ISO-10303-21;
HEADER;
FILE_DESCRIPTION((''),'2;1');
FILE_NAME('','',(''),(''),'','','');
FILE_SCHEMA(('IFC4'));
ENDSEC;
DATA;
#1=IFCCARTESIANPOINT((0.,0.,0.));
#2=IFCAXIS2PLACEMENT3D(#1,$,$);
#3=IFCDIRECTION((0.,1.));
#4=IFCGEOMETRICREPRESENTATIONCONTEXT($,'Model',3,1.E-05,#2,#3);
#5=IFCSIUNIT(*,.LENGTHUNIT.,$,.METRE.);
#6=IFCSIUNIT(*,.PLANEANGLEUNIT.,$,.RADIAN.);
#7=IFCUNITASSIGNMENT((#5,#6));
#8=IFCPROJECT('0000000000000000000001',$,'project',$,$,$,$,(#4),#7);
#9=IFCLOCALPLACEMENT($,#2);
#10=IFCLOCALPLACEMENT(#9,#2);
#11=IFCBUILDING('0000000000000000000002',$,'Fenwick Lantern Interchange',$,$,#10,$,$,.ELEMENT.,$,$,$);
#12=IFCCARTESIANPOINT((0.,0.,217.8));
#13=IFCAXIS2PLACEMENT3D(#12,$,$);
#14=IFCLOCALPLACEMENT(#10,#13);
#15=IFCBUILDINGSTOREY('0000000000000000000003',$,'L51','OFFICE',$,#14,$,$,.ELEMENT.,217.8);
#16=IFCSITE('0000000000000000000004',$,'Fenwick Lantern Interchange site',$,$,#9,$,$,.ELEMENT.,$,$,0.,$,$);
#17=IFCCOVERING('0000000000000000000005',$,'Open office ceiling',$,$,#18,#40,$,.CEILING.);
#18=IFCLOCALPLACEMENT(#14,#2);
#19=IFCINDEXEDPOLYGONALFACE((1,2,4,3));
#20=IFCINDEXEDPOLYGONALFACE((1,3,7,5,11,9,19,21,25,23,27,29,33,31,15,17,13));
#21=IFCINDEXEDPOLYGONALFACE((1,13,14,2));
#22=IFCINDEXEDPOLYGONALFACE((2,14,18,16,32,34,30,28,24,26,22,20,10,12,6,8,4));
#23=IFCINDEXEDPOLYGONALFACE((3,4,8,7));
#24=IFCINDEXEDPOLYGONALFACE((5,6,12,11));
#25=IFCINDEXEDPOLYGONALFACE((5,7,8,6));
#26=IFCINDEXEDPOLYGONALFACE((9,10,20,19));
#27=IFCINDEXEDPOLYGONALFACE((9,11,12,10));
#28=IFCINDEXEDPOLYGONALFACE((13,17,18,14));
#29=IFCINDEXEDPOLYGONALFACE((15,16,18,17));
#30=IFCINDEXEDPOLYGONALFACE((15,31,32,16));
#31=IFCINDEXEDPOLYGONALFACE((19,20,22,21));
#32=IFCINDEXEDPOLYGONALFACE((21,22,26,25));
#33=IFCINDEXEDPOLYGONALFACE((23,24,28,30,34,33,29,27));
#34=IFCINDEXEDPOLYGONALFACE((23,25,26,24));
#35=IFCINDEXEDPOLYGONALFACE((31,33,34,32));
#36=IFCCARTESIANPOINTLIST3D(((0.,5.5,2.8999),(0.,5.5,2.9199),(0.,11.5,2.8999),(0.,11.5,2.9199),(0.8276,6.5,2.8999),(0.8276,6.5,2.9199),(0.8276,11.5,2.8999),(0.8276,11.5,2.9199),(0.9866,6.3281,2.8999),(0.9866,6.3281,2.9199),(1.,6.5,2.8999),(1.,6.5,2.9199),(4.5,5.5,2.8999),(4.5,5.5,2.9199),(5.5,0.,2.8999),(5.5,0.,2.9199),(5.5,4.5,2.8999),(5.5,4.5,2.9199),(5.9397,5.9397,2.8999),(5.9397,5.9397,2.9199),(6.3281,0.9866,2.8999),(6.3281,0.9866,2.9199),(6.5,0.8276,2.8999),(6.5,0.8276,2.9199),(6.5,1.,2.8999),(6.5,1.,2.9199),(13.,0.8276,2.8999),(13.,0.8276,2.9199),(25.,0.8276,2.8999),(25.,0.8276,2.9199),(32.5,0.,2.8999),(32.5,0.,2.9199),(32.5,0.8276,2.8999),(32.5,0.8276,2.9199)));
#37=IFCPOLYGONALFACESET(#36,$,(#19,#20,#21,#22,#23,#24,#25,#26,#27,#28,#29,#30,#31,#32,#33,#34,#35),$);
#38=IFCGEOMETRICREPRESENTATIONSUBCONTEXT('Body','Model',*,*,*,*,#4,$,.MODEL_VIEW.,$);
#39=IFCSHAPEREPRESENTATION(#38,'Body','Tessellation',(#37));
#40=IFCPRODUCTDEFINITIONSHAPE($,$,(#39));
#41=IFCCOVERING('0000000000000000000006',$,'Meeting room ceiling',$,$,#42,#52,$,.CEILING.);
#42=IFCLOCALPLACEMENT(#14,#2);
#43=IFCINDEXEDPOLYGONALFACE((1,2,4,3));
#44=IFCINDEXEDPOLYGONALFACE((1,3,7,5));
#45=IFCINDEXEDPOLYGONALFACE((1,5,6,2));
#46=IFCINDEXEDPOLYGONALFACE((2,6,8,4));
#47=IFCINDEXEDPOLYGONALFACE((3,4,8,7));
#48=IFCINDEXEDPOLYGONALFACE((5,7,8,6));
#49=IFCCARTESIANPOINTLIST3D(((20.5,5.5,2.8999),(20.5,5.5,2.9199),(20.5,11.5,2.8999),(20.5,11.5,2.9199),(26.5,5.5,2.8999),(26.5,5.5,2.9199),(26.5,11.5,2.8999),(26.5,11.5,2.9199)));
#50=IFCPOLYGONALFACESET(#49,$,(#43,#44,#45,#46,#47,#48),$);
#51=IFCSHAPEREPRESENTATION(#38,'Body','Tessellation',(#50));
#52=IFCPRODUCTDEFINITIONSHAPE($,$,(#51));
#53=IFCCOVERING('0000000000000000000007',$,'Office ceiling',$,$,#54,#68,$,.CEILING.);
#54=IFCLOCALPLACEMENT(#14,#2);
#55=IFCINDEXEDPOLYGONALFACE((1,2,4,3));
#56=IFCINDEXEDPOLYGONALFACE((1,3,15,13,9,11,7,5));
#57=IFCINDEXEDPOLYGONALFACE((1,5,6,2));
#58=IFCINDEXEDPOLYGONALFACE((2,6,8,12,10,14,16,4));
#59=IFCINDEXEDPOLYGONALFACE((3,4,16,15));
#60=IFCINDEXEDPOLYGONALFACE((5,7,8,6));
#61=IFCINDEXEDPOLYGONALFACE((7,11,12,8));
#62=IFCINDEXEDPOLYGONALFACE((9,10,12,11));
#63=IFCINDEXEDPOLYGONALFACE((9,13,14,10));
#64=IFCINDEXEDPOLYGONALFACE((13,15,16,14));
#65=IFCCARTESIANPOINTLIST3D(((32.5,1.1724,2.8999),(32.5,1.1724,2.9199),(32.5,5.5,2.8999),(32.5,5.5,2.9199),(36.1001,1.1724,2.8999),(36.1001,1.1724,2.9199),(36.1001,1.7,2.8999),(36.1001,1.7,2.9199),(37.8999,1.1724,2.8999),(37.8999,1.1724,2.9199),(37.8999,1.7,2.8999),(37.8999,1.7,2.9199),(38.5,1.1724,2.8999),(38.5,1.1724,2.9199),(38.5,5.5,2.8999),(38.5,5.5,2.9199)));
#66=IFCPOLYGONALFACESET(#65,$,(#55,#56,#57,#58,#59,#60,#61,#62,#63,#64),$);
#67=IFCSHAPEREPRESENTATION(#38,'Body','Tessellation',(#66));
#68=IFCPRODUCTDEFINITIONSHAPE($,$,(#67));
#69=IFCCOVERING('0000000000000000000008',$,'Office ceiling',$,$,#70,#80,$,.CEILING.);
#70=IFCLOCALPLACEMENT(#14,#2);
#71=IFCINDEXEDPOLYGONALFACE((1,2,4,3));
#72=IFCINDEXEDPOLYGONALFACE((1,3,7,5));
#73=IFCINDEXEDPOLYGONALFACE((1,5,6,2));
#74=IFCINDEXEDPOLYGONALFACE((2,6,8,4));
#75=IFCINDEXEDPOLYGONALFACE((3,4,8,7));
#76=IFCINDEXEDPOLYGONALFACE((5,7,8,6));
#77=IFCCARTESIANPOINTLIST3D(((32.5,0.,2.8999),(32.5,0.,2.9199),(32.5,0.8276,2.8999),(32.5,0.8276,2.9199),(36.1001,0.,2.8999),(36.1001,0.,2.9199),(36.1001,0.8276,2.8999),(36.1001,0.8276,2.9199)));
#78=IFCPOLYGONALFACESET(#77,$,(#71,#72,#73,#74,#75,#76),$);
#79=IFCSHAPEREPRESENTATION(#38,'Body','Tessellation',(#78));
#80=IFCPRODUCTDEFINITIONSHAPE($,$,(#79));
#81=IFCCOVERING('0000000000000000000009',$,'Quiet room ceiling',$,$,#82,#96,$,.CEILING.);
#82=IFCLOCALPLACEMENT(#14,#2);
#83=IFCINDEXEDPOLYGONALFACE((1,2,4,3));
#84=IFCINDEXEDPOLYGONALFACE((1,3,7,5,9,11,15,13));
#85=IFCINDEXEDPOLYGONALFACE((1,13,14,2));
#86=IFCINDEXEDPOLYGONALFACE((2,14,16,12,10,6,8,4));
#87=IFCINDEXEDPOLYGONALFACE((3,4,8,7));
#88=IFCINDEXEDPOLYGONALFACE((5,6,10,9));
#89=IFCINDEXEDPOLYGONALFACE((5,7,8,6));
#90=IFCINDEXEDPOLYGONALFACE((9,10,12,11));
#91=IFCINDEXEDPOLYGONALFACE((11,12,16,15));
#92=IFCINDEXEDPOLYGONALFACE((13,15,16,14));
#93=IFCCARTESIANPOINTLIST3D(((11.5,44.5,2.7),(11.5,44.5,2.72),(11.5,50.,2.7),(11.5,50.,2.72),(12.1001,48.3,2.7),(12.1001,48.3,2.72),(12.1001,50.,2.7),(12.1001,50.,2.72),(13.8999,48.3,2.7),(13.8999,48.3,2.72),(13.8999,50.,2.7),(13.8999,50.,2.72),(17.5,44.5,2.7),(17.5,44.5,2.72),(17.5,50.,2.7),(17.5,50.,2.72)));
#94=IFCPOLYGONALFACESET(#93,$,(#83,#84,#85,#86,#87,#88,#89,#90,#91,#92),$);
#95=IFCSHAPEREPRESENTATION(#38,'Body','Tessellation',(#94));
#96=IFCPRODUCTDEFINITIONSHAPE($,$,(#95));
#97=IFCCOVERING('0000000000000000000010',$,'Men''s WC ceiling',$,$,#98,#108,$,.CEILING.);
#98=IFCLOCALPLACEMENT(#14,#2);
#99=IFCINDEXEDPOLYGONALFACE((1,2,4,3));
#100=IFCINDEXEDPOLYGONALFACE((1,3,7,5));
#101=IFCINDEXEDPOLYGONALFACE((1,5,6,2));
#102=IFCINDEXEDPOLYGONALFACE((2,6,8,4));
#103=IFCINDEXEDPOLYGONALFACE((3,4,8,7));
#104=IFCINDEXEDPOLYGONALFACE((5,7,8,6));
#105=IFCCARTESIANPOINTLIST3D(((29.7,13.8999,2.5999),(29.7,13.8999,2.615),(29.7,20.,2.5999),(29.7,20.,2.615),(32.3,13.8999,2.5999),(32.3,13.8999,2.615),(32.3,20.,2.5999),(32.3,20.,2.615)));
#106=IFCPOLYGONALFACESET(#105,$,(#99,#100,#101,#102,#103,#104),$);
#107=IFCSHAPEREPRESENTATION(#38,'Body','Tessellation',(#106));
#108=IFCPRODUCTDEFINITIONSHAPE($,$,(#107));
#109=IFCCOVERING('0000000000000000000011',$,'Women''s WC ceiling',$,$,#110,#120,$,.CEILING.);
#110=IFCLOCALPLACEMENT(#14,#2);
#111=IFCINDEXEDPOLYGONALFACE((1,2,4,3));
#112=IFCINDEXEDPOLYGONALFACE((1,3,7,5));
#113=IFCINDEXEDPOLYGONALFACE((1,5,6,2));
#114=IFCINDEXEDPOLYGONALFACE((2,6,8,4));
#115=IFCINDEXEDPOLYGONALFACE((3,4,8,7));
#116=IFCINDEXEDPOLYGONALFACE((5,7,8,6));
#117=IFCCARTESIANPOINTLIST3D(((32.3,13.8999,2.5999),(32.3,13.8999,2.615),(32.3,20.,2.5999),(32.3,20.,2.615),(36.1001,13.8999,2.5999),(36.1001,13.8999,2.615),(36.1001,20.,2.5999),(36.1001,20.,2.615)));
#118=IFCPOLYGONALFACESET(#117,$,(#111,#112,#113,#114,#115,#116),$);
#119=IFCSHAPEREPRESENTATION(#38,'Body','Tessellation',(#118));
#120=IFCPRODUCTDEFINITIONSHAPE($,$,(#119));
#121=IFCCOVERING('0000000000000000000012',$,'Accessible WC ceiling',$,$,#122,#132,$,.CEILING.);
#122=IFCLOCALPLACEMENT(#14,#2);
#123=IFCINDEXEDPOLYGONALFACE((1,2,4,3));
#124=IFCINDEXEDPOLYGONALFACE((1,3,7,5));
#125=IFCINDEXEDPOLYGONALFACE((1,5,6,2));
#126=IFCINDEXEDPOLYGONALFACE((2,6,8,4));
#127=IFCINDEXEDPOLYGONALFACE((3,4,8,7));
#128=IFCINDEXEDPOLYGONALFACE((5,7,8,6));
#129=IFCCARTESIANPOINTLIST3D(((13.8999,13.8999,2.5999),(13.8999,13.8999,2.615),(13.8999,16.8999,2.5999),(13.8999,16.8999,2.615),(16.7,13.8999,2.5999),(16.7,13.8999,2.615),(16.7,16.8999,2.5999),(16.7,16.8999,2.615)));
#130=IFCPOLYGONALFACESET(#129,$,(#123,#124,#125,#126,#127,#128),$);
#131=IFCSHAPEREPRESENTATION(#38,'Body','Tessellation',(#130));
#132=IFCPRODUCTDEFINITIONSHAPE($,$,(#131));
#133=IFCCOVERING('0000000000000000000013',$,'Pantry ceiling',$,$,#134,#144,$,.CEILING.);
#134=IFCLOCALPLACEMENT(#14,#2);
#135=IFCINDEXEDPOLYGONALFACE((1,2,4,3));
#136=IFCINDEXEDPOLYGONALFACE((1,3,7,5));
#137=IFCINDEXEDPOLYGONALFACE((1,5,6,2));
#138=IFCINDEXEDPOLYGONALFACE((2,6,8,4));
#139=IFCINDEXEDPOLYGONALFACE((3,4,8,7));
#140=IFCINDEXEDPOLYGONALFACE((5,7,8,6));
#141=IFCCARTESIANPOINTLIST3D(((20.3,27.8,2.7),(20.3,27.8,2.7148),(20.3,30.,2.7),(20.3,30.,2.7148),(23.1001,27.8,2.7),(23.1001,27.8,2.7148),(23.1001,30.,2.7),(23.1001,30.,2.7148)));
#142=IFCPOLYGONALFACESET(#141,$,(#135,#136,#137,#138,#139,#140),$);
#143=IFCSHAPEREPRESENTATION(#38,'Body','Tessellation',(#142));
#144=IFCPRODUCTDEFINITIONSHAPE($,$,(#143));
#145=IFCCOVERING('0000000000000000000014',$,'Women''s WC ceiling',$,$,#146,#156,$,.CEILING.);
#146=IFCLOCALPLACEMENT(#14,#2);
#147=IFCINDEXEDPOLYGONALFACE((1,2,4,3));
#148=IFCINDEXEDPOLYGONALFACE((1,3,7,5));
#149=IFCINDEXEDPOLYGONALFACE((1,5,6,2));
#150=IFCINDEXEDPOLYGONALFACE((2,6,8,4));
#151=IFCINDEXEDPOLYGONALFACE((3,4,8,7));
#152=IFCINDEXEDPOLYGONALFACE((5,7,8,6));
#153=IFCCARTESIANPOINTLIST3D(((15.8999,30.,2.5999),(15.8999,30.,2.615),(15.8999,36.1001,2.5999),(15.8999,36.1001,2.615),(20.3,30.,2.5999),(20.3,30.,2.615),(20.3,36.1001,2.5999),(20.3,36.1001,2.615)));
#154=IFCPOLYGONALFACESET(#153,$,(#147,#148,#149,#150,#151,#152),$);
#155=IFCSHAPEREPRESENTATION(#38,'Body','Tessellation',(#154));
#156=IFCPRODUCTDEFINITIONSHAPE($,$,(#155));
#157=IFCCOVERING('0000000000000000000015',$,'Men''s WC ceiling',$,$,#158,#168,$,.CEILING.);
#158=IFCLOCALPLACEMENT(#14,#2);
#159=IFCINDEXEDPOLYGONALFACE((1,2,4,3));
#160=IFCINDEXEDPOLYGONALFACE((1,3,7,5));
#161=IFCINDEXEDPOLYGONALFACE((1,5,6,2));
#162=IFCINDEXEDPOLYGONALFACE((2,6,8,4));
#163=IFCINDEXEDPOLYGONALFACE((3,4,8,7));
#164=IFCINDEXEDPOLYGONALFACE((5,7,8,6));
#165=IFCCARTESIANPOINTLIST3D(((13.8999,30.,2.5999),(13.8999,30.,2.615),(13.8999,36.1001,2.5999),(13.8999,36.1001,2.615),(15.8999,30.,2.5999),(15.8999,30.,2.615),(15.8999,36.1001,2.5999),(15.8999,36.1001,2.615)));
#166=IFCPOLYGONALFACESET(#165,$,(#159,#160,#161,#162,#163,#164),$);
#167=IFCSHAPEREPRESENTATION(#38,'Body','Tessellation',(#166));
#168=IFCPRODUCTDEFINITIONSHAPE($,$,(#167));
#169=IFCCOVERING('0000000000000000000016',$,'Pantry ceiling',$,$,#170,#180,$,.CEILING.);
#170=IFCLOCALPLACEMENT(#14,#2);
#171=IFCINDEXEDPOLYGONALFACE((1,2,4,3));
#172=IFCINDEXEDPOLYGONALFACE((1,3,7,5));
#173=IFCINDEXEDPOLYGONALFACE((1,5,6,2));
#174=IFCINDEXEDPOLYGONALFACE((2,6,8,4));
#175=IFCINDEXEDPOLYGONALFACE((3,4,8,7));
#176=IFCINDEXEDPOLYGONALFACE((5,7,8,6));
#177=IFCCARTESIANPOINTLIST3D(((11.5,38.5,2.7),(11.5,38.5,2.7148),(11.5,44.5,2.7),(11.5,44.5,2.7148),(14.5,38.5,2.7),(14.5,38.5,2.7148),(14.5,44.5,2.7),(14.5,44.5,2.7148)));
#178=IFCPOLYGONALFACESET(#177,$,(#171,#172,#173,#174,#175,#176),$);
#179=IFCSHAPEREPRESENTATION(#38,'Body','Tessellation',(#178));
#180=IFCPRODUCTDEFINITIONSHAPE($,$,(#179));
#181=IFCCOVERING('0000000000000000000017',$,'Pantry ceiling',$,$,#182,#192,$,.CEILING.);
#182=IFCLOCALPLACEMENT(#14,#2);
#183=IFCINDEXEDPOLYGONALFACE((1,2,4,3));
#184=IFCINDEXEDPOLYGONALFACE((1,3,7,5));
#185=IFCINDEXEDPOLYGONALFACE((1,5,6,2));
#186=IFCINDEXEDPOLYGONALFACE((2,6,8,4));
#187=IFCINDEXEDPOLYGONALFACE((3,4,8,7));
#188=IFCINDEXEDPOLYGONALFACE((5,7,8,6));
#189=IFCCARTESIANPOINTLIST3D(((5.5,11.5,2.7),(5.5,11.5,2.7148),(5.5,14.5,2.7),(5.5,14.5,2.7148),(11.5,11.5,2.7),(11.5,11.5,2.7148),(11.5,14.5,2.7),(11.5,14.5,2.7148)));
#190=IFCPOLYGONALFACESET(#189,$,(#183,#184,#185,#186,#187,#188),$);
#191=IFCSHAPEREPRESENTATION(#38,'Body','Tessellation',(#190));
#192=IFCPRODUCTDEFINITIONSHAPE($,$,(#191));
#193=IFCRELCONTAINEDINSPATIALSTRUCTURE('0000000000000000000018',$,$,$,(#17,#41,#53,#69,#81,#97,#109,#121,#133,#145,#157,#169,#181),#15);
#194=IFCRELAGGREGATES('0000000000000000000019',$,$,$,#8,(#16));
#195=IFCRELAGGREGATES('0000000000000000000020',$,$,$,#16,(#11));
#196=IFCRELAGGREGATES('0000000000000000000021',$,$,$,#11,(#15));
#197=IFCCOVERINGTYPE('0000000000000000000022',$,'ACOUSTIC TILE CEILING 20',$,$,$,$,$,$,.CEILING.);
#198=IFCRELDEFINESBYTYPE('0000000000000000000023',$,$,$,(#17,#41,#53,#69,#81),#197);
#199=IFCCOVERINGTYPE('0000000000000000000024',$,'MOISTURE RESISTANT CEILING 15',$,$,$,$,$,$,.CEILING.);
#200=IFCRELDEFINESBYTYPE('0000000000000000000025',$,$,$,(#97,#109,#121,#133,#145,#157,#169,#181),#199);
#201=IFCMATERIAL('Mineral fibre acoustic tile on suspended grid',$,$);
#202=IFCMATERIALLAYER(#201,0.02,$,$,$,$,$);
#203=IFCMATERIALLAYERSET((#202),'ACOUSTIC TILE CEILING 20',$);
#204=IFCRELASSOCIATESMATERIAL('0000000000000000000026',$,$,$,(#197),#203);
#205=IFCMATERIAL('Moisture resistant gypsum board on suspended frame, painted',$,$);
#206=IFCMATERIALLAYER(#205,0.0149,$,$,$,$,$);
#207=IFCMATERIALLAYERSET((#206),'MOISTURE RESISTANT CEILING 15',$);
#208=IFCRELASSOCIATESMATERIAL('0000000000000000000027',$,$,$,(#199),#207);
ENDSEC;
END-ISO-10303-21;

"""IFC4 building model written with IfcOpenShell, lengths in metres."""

from ifc_helpers import new_model, si_unit, direction, frame, origin, place, context, subcontext, project, spatial, polyline, outline, extrude, material, layer, layer_set, type_object, element, save


model = new_model("IFC4")

# Units and contexts
model_context = context("Model", 3, precision=1e-05, world=origin(), true_north=direction((0.0, 1.0)))
body_context = subcontext(model_context, "Body", "Model", "MODEL_VIEW")
ifc_project = project(units=[si_unit("LENGTHUNIT", "METRE"), si_unit("PLANEANGLEUNIT", "RADIAN")], contexts=[model_context])

# Site, building, storey
site_placement = place(None, origin())
site = spatial("IfcSite", under=ifc_project, at=site_placement, Name="Fenwick Lantern Interchange site", CompositionType="ELEMENT", RefElevation=0.0)
building_placement = place(site_placement, origin())
building = spatial("IfcBuilding", under=site, at=building_placement, Name="Fenwick Lantern Interchange", CompositionType="ELEMENT")
storey_placement = place(building_placement, frame((0.0, 0.0, 217.8)))
storey = spatial("IfcBuildingStorey", under=building, at=storey_placement, Name="L51", Description="OFFICE", CompositionType="ELEMENT", Elevation=217.8)

# Coverings
ifc_material_1 = material(Name="Mineral fibre acoustic tile on suspended grid")
ifc_layer_1 = layer(ifc_material_1, 0.02)
ifc_layer_set_1 = layer_set([ifc_layer_1], Name="ACOUSTIC TILE CEILING 20")
covering_type_1 = type_object("IfcCoveringType", Name="ACOUSTIC TILE CEILING 20", PredefinedType="CEILING", material=ifc_layer_set_1)
covering_1_placement = place(storey_placement, frame((0.0, 0.0, 2.8999)))
element("IfcCovering", 1, at=covering_1_placement, inside=storey, type_object=covering_type_1, Name="Open office ceiling", PredefinedType="CEILING", context=body_context, shape_type="SweptSolid", body=[
    extrude(outline(polyline([(32.5, 0.0), (32.5, 0.8276), (25.0, 0.8276), (13.0, 0.8276), (6.5, 0.8276), (6.5, 1.0), (6.3281, 0.9866), (5.9397, 5.9397), (0.9866, 6.3281), (1.0, 6.5), (0.8276, 6.5), (0.8276, 11.5), (0.0, 11.5), (0.0, 5.5), (4.5, 5.5), (5.5, 4.5), (5.5, 0.0), (32.5, 0.0)])), origin(), (0.0, 0.0, 1.0), 0.02),
])
covering_2_placement = place(storey_placement, frame((0.0, 0.0, 2.8999)))
element("IfcCovering", 2, at=covering_2_placement, inside=storey, type_object=covering_type_1, Name="Meeting room ceiling", PredefinedType="CEILING", context=body_context, shape_type="SweptSolid", body=[
    extrude(outline(polyline([(20.5, 5.5), (26.5, 5.5), (26.5, 11.5), (20.5, 11.5), (20.5, 5.5)])), origin(), (0.0, 0.0, 1.0), 0.02),
])
covering_3_placement = place(storey_placement, frame((0.0, 0.0, 2.8999)))
element("IfcCovering", 3, at=covering_3_placement, inside=storey, type_object=covering_type_1, Name="Office ceiling", PredefinedType="CEILING", context=body_context, shape_type="SweptSolid", body=[
    extrude(outline(polyline([(32.5, 5.5), (32.5, 1.1724), (36.1001, 1.1724), (36.1001, 1.7), (37.8999, 1.7), (37.8999, 1.1724), (38.5, 1.1724), (38.5, 5.5), (32.5, 5.5)])), origin(), (0.0, 0.0, 1.0), 0.02),
])
covering_4_placement = place(storey_placement, frame((0.0, 0.0, 2.8999)))
element("IfcCovering", 4, at=covering_4_placement, inside=storey, type_object=covering_type_1, Name="Office ceiling", PredefinedType="CEILING", context=body_context, shape_type="SweptSolid", body=[
    extrude(outline(polyline([(32.5, 0.8276), (32.5, 0.0), (36.1001, 0.0), (36.1001, 0.8276), (32.5, 0.8276)])), origin(), (0.0, 0.0, 1.0), 0.02),
])
covering_5_placement = place(storey_placement, frame((0.0, 0.0, 2.7)))
element("IfcCovering", 5, at=covering_5_placement, inside=storey, type_object=covering_type_1, Name="Quiet room ceiling", PredefinedType="CEILING", context=body_context, shape_type="SweptSolid", body=[
    extrude(outline(polyline([(17.5, 50.0), (13.8999, 50.0), (13.8999, 48.3), (12.1001, 48.3), (12.1001, 50.0), (11.5, 50.0), (11.5, 44.5), (17.5, 44.5), (17.5, 50.0)])), origin(), (0.0, 0.0, 1.0), 0.02),
])
ifc_material_2 = material(Name="Moisture resistant gypsum board on suspended frame, painted")
ifc_layer_2 = layer(ifc_material_2, 0.0149)
ifc_layer_set_2 = layer_set([ifc_layer_2], Name="MOISTURE RESISTANT CEILING 15")
covering_type_2 = type_object("IfcCoveringType", Name="MOISTURE RESISTANT CEILING 15", PredefinedType="CEILING", material=ifc_layer_set_2)
covering_6_placement = place(storey_placement, frame((0.0, 0.0, 2.5999)))
element("IfcCovering", 6, at=covering_6_placement, inside=storey, type_object=covering_type_2, Name="Men's WC ceiling", PredefinedType="CEILING", context=body_context, shape_type="SweptSolid", body=[
    extrude(outline(polyline([(29.7, 13.8999), (32.3, 13.8999), (32.3, 20.0), (29.7, 20.0), (29.7, 13.8999)])), origin(), (0.0, 0.0, 1.0), 0.0151),
])
covering_7_placement = place(storey_placement, frame((0.0, 0.0, 2.5999)))
element("IfcCovering", 7, at=covering_7_placement, inside=storey, type_object=covering_type_2, Name="Women's WC ceiling", PredefinedType="CEILING", context=body_context, shape_type="SweptSolid", body=[
    extrude(outline(polyline([(32.3, 13.8999), (36.1001, 13.8999), (36.1001, 20.0), (32.3, 20.0), (32.3, 13.8999)])), origin(), (0.0, 0.0, 1.0), 0.0151),
])
covering_8_placement = place(storey_placement, frame((0.0, 0.0, 2.5999)))
element("IfcCovering", 8, at=covering_8_placement, inside=storey, type_object=covering_type_2, Name="Accessible WC ceiling", PredefinedType="CEILING", context=body_context, shape_type="SweptSolid", body=[
    extrude(outline(polyline([(13.8999, 13.8999), (16.7, 13.8999), (16.7, 16.8999), (13.8999, 16.8999), (13.8999, 13.8999)])), origin(), (0.0, 0.0, 1.0), 0.0151),
])
covering_9_placement = place(storey_placement, frame((0.0, 0.0, 2.7)))
element("IfcCovering", 9, at=covering_9_placement, inside=storey, type_object=covering_type_2, Name="Pantry ceiling", PredefinedType="CEILING", context=body_context, shape_type="SweptSolid", body=[
    extrude(outline(polyline([(20.3, 27.8), (23.1001, 27.8), (23.1001, 30.0), (20.3, 30.0), (20.3, 27.8)])), origin(), (0.0, 0.0, 1.0), 0.0149),
])
covering_10_placement = place(storey_placement, frame((0.0, 0.0, 2.5999)))
element("IfcCovering", 10, at=covering_10_placement, inside=storey, type_object=covering_type_2, Name="Women's WC ceiling", PredefinedType="CEILING", context=body_context, shape_type="SweptSolid", body=[
    extrude(outline(polyline([(20.3, 36.1001), (15.8999, 36.1001), (15.8999, 30.0), (20.3, 30.0), (20.3, 36.1001)])), origin(), (0.0, 0.0, 1.0), 0.0151),
])
covering_11_placement = place(storey_placement, frame((0.0, 0.0, 2.5999)))
element("IfcCovering", 11, at=covering_11_placement, inside=storey, type_object=covering_type_2, Name="Men's WC ceiling", PredefinedType="CEILING", context=body_context, shape_type="SweptSolid", body=[
    extrude(outline(polyline([(15.8999, 36.1001), (13.8999, 36.1001), (13.8999, 30.0), (15.8999, 30.0), (15.8999, 36.1001)])), origin(), (0.0, 0.0, 1.0), 0.0151),
])
covering_12_placement = place(storey_placement, frame((0.0, 0.0, 2.7)))
element("IfcCovering", 12, at=covering_12_placement, inside=storey, type_object=covering_type_2, Name="Pantry ceiling", PredefinedType="CEILING", context=body_context, shape_type="SweptSolid", body=[
    extrude(outline(polyline([(14.5, 44.5), (11.5, 44.5), (11.5, 38.5), (14.5, 38.5), (14.5, 44.5)])), origin(), (0.0, 0.0, 1.0), 0.0149),
])
covering_13_placement = place(storey_placement, frame((0.0, 0.0, 2.7)))
element("IfcCovering", 13, at=covering_13_placement, inside=storey, type_object=covering_type_2, Name="Pantry ceiling", PredefinedType="CEILING", context=body_context, shape_type="SweptSolid", body=[
    extrude(outline(polyline([(5.5, 14.5), (5.5, 11.5), (11.5, 11.5), (11.5, 14.5), (5.5, 14.5)])), origin(), (0.0, 0.0, 1.0), 0.0149),
])

save(model, "model.ifc")
